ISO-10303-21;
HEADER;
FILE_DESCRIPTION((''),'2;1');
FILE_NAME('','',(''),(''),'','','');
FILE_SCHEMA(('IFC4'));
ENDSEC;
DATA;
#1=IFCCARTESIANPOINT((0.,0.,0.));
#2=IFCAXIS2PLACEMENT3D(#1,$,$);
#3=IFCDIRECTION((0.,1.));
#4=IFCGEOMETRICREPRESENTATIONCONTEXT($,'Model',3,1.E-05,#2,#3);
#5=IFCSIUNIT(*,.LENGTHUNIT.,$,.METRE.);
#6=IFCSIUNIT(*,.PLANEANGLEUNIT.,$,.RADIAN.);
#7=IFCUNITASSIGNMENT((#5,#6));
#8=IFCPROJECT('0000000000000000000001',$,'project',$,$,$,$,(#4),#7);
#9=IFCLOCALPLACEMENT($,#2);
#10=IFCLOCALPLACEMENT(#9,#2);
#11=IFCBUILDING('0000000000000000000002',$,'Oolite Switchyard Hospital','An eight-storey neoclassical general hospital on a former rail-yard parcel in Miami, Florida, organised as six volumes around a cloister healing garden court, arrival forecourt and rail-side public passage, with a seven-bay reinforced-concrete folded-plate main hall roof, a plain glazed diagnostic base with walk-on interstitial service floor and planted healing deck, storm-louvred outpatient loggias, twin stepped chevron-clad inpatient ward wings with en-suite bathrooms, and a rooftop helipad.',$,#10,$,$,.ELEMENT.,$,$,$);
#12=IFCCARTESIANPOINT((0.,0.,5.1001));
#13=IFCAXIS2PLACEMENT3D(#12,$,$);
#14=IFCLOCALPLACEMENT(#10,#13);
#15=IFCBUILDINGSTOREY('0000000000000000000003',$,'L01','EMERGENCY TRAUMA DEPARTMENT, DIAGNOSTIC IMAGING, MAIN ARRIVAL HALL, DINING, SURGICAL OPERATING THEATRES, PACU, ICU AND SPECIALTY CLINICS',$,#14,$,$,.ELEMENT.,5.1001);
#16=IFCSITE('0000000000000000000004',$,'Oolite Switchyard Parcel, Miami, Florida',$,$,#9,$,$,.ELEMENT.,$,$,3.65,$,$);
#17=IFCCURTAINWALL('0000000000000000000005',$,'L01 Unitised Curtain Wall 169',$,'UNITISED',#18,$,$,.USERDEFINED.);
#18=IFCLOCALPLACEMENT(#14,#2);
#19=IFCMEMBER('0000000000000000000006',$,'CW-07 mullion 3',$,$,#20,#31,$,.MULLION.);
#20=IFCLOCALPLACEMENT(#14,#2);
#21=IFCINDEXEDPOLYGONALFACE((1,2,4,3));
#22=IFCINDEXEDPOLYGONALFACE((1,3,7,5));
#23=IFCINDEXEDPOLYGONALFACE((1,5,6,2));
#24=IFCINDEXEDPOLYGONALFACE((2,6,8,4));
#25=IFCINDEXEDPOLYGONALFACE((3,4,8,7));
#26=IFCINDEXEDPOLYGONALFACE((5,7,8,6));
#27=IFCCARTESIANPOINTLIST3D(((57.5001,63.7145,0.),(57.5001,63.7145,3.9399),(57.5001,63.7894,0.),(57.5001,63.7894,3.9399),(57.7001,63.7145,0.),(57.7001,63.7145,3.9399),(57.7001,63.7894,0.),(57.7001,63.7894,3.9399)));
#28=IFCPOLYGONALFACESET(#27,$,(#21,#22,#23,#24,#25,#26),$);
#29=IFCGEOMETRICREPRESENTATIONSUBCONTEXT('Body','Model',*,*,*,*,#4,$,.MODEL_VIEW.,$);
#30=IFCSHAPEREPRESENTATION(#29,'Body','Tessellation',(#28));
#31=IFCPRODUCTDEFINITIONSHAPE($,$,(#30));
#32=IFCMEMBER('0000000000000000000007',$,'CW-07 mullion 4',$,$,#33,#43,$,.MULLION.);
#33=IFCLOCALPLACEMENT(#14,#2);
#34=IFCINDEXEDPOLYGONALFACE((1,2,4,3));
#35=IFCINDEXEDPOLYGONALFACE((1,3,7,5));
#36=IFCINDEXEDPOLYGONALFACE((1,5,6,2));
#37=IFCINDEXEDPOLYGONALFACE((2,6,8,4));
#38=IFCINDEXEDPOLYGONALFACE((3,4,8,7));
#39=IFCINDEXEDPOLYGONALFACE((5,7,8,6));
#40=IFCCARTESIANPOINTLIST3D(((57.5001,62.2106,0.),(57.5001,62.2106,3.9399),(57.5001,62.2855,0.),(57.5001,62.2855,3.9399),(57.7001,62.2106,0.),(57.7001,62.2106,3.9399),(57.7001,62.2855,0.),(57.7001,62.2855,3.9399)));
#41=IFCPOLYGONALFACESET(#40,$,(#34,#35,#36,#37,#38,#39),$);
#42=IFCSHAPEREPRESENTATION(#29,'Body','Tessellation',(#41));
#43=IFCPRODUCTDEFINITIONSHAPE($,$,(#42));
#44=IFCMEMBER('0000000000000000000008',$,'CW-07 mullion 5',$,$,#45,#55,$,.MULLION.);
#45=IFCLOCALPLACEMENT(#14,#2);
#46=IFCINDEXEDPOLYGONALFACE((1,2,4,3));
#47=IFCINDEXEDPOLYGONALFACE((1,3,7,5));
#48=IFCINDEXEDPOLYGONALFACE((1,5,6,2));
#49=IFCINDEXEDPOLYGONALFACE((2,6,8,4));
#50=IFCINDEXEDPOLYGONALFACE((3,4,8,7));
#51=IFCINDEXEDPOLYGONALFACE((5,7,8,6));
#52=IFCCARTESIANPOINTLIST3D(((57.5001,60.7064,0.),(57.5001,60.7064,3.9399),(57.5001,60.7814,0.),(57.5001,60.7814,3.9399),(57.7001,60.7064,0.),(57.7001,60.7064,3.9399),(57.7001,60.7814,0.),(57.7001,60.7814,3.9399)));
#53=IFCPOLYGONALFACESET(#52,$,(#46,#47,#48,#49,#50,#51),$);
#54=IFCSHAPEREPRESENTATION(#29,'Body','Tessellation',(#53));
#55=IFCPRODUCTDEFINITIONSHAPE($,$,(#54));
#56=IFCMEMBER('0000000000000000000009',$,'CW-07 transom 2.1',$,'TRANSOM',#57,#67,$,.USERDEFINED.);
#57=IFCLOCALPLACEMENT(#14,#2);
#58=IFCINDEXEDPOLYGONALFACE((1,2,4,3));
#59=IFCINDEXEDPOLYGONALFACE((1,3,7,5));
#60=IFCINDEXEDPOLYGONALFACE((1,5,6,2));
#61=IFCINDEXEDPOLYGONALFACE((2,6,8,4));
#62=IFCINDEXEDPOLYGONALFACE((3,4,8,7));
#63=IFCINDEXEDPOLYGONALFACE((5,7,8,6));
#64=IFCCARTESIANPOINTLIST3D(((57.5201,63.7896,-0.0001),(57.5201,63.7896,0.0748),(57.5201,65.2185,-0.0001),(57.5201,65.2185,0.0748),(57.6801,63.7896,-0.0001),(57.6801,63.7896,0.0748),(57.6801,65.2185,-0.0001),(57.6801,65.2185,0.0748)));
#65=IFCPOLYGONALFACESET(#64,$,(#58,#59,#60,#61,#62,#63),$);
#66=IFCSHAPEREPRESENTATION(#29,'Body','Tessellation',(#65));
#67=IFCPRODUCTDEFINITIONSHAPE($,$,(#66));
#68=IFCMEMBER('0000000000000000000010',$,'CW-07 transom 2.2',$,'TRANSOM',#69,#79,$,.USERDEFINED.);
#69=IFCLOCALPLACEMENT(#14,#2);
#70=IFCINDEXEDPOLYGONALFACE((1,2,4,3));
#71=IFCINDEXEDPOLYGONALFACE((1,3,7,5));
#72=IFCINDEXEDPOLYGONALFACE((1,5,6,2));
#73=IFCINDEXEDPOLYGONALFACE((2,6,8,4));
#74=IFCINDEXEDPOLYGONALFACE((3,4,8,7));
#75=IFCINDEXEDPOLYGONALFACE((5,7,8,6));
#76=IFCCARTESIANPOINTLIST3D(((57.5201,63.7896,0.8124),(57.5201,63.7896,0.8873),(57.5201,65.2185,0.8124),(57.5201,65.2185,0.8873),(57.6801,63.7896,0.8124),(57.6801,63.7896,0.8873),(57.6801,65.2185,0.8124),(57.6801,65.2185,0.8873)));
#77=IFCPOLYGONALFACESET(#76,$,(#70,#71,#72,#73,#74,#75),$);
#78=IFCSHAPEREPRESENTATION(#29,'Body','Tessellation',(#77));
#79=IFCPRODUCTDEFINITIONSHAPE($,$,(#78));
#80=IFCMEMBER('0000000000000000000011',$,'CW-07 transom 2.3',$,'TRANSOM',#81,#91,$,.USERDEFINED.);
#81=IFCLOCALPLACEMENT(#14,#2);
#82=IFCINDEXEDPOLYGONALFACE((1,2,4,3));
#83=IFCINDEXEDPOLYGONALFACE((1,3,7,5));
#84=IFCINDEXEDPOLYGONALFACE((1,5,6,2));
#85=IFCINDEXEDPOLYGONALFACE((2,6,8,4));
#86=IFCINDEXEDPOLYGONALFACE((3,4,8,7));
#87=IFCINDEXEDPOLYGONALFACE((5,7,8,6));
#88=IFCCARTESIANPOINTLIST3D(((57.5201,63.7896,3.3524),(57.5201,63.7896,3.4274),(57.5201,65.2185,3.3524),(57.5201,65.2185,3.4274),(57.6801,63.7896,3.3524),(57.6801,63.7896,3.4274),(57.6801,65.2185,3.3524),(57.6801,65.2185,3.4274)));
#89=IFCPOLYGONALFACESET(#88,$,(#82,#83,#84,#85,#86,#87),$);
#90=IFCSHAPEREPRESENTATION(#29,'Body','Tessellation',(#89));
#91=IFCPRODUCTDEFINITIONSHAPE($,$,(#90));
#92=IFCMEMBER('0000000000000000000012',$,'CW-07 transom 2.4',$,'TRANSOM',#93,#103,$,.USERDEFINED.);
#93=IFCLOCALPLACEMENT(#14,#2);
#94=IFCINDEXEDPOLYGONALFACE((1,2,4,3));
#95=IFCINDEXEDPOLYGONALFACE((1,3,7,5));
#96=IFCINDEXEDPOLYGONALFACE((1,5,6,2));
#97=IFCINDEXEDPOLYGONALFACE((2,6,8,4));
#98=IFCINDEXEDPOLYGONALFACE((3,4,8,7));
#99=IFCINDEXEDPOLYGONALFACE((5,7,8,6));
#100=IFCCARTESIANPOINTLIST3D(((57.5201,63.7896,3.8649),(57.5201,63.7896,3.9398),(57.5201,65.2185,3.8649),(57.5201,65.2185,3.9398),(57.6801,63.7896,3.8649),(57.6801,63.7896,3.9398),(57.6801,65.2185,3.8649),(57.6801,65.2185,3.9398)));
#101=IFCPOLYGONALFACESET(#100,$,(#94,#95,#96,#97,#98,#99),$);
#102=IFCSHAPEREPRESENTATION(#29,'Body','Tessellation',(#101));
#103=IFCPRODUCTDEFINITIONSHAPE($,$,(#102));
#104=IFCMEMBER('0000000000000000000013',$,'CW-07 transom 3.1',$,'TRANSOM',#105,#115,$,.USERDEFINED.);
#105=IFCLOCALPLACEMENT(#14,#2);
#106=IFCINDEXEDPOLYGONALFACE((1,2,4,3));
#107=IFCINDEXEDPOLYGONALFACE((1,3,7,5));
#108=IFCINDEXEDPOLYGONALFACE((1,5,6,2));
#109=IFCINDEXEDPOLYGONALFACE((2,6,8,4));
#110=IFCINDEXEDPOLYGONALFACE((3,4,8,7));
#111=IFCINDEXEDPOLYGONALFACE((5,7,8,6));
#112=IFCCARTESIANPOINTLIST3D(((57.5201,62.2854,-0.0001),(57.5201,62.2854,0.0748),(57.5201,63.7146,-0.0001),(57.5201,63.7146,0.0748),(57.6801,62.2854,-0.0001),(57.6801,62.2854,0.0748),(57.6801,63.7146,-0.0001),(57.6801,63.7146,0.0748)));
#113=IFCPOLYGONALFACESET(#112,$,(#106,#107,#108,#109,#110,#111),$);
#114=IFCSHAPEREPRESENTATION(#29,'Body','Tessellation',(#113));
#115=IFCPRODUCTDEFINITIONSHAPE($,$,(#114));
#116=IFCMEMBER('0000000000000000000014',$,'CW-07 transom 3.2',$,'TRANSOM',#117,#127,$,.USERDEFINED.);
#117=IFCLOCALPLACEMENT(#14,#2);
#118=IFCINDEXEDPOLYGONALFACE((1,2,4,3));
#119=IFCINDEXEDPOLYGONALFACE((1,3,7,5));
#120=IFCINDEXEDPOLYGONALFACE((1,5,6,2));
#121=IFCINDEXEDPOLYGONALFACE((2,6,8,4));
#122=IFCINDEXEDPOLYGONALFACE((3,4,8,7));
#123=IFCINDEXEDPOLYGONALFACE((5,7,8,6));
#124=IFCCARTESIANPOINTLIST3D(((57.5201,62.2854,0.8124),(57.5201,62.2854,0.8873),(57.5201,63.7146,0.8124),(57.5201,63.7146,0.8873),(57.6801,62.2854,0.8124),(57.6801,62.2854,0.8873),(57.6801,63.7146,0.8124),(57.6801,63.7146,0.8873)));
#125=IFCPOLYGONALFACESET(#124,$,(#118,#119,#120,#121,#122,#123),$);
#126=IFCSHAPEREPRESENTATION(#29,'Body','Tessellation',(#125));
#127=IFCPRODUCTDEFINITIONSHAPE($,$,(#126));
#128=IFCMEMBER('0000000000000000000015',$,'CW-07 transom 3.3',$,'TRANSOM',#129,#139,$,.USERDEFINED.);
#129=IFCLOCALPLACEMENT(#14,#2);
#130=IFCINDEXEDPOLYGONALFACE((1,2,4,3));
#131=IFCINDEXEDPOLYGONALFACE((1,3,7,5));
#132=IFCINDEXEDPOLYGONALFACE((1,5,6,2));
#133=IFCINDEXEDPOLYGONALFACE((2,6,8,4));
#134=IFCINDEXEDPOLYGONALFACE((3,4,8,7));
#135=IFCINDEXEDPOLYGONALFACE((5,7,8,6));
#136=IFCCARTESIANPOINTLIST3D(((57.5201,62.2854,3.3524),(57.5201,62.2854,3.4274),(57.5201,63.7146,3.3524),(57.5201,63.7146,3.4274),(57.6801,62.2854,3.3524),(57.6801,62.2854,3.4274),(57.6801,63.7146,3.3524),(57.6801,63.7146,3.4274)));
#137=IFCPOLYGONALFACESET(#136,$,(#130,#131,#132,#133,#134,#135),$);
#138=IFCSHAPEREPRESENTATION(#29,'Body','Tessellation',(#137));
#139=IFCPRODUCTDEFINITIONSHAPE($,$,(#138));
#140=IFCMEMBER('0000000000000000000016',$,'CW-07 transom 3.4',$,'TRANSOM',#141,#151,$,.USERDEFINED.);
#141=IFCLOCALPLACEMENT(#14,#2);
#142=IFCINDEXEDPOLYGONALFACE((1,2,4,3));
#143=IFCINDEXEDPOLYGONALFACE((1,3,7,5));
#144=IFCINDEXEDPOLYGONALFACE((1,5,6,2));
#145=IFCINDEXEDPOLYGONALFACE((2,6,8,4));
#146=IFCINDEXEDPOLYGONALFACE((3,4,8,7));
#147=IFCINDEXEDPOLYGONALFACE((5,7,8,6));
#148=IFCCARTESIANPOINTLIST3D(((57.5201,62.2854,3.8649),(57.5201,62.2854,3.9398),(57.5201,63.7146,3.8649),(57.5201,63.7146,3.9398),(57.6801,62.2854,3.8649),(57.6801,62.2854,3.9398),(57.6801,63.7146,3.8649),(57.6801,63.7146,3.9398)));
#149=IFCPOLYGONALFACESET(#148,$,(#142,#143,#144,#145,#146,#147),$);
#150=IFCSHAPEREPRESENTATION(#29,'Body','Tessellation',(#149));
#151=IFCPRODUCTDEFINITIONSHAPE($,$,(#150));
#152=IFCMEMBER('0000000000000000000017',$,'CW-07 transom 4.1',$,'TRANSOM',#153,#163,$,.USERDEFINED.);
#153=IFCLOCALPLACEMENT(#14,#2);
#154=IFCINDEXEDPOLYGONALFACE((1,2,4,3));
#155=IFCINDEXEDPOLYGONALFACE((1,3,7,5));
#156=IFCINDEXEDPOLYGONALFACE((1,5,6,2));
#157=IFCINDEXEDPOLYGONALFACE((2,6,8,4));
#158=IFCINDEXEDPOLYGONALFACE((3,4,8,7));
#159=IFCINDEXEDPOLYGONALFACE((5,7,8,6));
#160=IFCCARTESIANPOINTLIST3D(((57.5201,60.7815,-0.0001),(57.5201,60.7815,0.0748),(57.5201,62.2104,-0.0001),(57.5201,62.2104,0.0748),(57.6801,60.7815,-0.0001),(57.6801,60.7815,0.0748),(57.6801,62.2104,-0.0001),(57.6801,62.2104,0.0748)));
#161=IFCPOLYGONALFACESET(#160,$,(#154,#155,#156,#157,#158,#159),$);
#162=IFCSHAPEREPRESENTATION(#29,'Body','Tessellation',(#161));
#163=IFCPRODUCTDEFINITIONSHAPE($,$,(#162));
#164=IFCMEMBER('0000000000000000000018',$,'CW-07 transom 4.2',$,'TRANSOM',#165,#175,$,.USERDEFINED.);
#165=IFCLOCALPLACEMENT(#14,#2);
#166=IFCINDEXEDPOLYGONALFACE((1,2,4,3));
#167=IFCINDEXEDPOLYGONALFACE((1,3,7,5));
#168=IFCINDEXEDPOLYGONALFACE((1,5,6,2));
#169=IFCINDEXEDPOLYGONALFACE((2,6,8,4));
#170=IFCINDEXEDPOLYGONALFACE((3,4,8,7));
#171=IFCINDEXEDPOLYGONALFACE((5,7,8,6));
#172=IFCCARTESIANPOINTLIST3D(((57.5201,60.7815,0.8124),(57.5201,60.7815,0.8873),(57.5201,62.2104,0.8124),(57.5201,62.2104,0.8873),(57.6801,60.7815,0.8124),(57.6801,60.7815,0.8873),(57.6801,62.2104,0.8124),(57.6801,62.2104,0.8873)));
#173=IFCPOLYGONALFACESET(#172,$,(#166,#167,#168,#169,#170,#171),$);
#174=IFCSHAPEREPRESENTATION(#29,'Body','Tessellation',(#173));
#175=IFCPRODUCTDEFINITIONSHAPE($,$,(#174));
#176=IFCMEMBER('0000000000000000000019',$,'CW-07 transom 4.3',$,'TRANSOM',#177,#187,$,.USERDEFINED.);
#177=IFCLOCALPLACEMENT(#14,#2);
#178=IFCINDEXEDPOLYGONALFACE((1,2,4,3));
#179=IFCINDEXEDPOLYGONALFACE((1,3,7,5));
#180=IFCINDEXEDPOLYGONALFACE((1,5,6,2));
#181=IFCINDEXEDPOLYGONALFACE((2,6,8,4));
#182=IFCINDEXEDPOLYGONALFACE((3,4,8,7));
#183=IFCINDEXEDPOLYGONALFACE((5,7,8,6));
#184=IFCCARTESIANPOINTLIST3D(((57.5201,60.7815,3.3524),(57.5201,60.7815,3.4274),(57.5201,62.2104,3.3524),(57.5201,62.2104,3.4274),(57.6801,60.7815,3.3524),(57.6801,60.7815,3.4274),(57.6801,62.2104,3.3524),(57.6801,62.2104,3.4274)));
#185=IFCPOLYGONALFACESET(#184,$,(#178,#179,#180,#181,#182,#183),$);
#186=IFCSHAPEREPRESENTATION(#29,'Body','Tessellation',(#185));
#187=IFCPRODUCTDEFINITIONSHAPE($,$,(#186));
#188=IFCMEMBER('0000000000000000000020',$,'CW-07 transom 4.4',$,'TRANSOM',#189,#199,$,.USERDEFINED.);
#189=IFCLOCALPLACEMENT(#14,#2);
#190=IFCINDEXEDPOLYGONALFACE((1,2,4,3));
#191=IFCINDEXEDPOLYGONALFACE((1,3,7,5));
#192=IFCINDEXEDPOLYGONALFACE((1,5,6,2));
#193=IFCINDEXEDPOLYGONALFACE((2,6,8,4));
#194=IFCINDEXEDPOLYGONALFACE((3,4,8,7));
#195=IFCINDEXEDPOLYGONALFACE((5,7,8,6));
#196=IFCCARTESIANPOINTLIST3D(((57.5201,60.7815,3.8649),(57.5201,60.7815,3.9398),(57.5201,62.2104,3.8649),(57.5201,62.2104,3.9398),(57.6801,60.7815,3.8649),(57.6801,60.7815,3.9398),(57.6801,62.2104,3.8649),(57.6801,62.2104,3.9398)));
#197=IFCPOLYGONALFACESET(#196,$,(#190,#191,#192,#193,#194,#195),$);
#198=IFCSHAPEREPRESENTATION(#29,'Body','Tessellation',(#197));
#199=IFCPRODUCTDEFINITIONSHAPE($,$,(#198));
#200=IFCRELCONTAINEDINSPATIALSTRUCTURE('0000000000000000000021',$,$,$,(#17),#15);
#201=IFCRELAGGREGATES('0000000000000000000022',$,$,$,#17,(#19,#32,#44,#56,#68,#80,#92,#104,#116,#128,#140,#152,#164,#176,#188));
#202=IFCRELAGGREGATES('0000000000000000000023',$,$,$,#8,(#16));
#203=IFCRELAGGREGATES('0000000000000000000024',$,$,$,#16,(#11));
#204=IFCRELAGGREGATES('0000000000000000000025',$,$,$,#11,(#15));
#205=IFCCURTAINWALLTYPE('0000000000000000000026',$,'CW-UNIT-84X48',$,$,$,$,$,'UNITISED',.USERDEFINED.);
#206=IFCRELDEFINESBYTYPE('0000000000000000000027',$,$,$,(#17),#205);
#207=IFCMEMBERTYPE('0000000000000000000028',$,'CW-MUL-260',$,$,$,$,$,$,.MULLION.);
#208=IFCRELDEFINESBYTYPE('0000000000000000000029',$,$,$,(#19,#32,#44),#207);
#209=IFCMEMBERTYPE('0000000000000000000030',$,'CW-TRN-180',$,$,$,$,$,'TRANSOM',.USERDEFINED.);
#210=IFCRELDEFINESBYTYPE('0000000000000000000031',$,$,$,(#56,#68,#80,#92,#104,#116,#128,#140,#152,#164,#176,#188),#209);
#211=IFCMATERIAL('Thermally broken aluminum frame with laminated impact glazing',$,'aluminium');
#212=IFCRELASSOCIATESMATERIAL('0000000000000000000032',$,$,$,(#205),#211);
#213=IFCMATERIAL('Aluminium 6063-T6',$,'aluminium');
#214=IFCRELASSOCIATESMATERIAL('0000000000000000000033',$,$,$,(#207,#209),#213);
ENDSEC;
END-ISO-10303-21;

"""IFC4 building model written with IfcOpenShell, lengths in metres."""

from ifc_helpers import new_model, si_unit, direction, frame, origin, origin_2d, place, context, subcontext, project, spatial, rectangle, extrude, material, material_profile, profile_set, type_object, element, aggregate, save


model = new_model("IFC4")

# Units and contexts
model_context = context("Model", 3, precision=1e-05, world=origin(), true_north=direction((0.0, 1.0)))
body_context = subcontext(model_context, "Body", "Model", "MODEL_VIEW")
ifc_project = project(units=[si_unit("LENGTHUNIT", "METRE"), si_unit("PLANEANGLEUNIT", "RADIAN")], contexts=[model_context])

# Site, building, storey
site_placement = place(None, origin())
site = spatial("IfcSite", under=ifc_project, at=site_placement, Name="Oolite Switchyard Parcel, Miami, Florida", CompositionType="ELEMENT", RefElevation=3.65)
building_placement = place(site_placement, origin())
building = spatial("IfcBuilding", under=site, at=building_placement, Name="Oolite Switchyard Hospital", Description="An eight-storey neoclassical general hospital on a former rail-yard parcel in Miami, Florida, organised as six volumes around a cloister healing garden court, arrival forecourt and rail-side public passage, with a seven-bay reinforced-concrete folded-plate main hall roof, a plain glazed diagnostic base with walk-on interstitial service floor and planted healing deck, storm-louvred outpatient loggias, twin stepped chevron-clad inpatient ward wings with en-suite bathrooms, and a rooftop helipad.", CompositionType="ELEMENT")
storey_placement = place(building_placement, frame((0.0, 0.0, 5.1001)))
storey = spatial("IfcBuildingStorey", under=building, at=storey_placement, Name="L01", Description="EMERGENCY TRAUMA DEPARTMENT, DIAGNOSTIC IMAGING, MAIN ARRIVAL HALL, DINING, SURGICAL OPERATING THEATRES, PACU, ICU AND SPECIALTY CLINICS", CompositionType="ELEMENT", Elevation=5.1001)

# Curtain wall, members
ifc_material_1 = material(Name="Thermally broken aluminum frame with laminated impact glazing", Category="aluminium")
curtain_wall_type = type_object("IfcCurtainWallType", Name="CW-UNIT-84X48", ElementType="UNITISED", PredefinedType="USERDEFINED", material=ifc_material_1)
curtain_wall_placement = place(storey_placement, origin())
curtain_wall = element("IfcCurtainWall", 1, at=curtain_wall_placement, inside=storey, type_object=curtain_wall_type, Name="L01 Unitised Curtain Wall 169", ObjectType="UNITISED", PredefinedType="USERDEFINED")
ifc_material_2 = material(Name="Aluminium 6063-T6", Category="aluminium")
ifc_material_profile_1 = material_profile(ifc_material_2, rectangle(XDim=0.2, YDim=0.075, at=origin_2d()), Name="CWM75X200")
ifc_profile_set_1 = profile_set([ifc_material_profile_1], Name="Aluminium 6063-T6")
member_type_1 = type_object("IfcMemberType", Name="CW-MUL-260", PredefinedType="MULLION", material=ifc_profile_set_1)
member_1_placement = place(storey_placement, frame((57.6001, 63.752, 0.0), z_axis=(0.0, 0.0, 1.0), x_axis=(1.0, 0.0, 0.0)))
member_1 = element("IfcMember", 2, at=member_1_placement, type_object=member_type_1, Name="CW-07 mullion 3", PredefinedType="MULLION", context=body_context, shape_type="SweptSolid", body=[
    extrude(rectangle(XDim=0.2, YDim=0.075, at=origin_2d()), origin(), (0.0, 0.0, 1.0), 3.9399),
])
member_2_placement = place(storey_placement, frame((57.6001, 62.248, 0.0), z_axis=(0.0, 0.0, 1.0), x_axis=(1.0, 0.0, 0.0)))
member_2 = element("IfcMember", 3, at=member_2_placement, type_object=member_type_1, Name="CW-07 mullion 4", PredefinedType="MULLION", context=body_context, shape_type="SweptSolid", body=[
    extrude(rectangle(XDim=0.2, YDim=0.075, at=origin_2d()), origin(), (0.0, 0.0, 1.0), 3.9399),
])
member_3_placement = place(storey_placement, frame((57.6001, 60.7439, 0.0), z_axis=(0.0, 0.0, 1.0), x_axis=(1.0, 0.0, 0.0)))
member_3 = element("IfcMember", 4, at=member_3_placement, type_object=member_type_1, Name="CW-07 mullion 5", PredefinedType="MULLION", context=body_context, shape_type="SweptSolid", body=[
    extrude(rectangle(XDim=0.2, YDim=0.075, at=origin_2d()), origin(), (0.0, 0.0, 1.0), 3.9399),
])
ifc_material_profile_2 = material_profile(ifc_material_2, rectangle(XDim=0.1599, YDim=0.075, at=origin_2d()), Name="CWT75X160")
ifc_profile_set_2 = profile_set([ifc_material_profile_2], Name="Aluminium 6063-T6")
member_type_2 = type_object("IfcMemberType", Name="CW-TRN-180", ElementType="TRANSOM", PredefinedType="USERDEFINED", material=ifc_profile_set_2)
member_4_placement = place(storey_placement, frame((57.6001, 65.2185, 0.0374), z_axis=(0.0, -1.0, 0.0), x_axis=(1.0, 0.0, 0.0)))
member_4 = element("IfcMember", 5, at=member_4_placement, type_object=member_type_2, Name="CW-07 transom 2.1", ObjectType="TRANSOM", PredefinedType="USERDEFINED", context=body_context, shape_type="SweptSolid", body=[
    extrude(rectangle(XDim=0.1599, YDim=0.075, at=origin_2d()), origin(), (0.0, 0.0, 1.0), 1.429),
])
member_5_placement = place(storey_placement, frame((57.6001, 65.2185, 0.8499), z_axis=(0.0, -1.0, 0.0), x_axis=(1.0, 0.0, 0.0)))
member_5 = element("IfcMember", 6, at=member_5_placement, type_object=member_type_2, Name="CW-07 transom 2.2", ObjectType="TRANSOM", PredefinedType="USERDEFINED", context=body_context, shape_type="SweptSolid", body=[
    extrude(rectangle(XDim=0.1599, YDim=0.075, at=origin_2d()), origin(), (0.0, 0.0, 1.0), 1.429),
])
member_6_placement = place(storey_placement, frame((57.6001, 65.2185, 3.3899), z_axis=(0.0, -1.0, 0.0), x_axis=(1.0, 0.0, 0.0)))
member_6 = element("IfcMember", 7, at=member_6_placement, type_object=member_type_2, Name="CW-07 transom 2.3", ObjectType="TRANSOM", PredefinedType="USERDEFINED", context=body_context, shape_type="SweptSolid", body=[
    extrude(rectangle(XDim=0.1599, YDim=0.075, at=origin_2d()), origin(), (0.0, 0.0, 1.0), 1.429),
])
member_7_placement = place(storey_placement, frame((57.6001, 65.2185, 3.9023), z_axis=(0.0, -1.0, 0.0), x_axis=(1.0, 0.0, 0.0)))
member_7 = element("IfcMember", 8, at=member_7_placement, type_object=member_type_2, Name="CW-07 transom 2.4", ObjectType="TRANSOM", PredefinedType="USERDEFINED", context=body_context, shape_type="SweptSolid", body=[
    extrude(rectangle(XDim=0.1599, YDim=0.075, at=origin_2d()), origin(), (0.0, 0.0, 1.0), 1.429),
])
member_8_placement = place(storey_placement, frame((57.6001, 63.7146, 0.0374), z_axis=(0.0, -1.0, 0.0), x_axis=(1.0, 0.0, 0.0)))
member_8 = element("IfcMember", 9, at=member_8_placement, type_object=member_type_2, Name="CW-07 transom 3.1", ObjectType="TRANSOM", PredefinedType="USERDEFINED", context=body_context, shape_type="SweptSolid", body=[
    extrude(rectangle(XDim=0.1599, YDim=0.075, at=origin_2d()), origin(), (0.0, 0.0, 1.0), 1.4292),
])
member_9_placement = place(storey_placement, frame((57.6001, 63.7146, 0.8499), z_axis=(0.0, -1.0, 0.0), x_axis=(1.0, 0.0, 0.0)))
member_9 = element("IfcMember", 10, at=member_9_placement, type_object=member_type_2, Name="CW-07 transom 3.2", ObjectType="TRANSOM", PredefinedType="USERDEFINED", context=body_context, shape_type="SweptSolid", body=[
    extrude(rectangle(XDim=0.1599, YDim=0.075, at=origin_2d()), origin(), (0.0, 0.0, 1.0), 1.4292),
])
member_10_placement = place(storey_placement, frame((57.6001, 63.7146, 3.3899), z_axis=(0.0, -1.0, 0.0), x_axis=(1.0, 0.0, 0.0)))
member_10 = element("IfcMember", 11, at=member_10_placement, type_object=member_type_2, Name="CW-07 transom 3.3", ObjectType="TRANSOM", PredefinedType="USERDEFINED", context=body_context, shape_type="SweptSolid", body=[
    extrude(rectangle(XDim=0.1599, YDim=0.075, at=origin_2d()), origin(), (0.0, 0.0, 1.0), 1.4292),
])
member_11_placement = place(storey_placement, frame((57.6001, 63.7146, 3.9023), z_axis=(0.0, -1.0, 0.0), x_axis=(1.0, 0.0, 0.0)))
member_11 = element("IfcMember", 12, at=member_11_placement, type_object=member_type_2, Name="CW-07 transom 3.4", ObjectType="TRANSOM", PredefinedType="USERDEFINED", context=body_context, shape_type="SweptSolid", body=[
    extrude(rectangle(XDim=0.1599, YDim=0.075, at=origin_2d()), origin(), (0.0, 0.0, 1.0), 1.4292),
])
member_12_placement = place(storey_placement, frame((57.6001, 62.2104, 0.0374), z_axis=(0.0, -1.0, 0.0), x_axis=(1.0, 0.0, 0.0)))
member_12 = element("IfcMember", 13, at=member_12_placement, type_object=member_type_2, Name="CW-07 transom 4.1", ObjectType="TRANSOM", PredefinedType="USERDEFINED", context=body_context, shape_type="SweptSolid", body=[
    extrude(rectangle(XDim=0.1599, YDim=0.075, at=origin_2d()), origin(), (0.0, 0.0, 1.0), 1.429),
])
member_13_placement = place(storey_placement, frame((57.6001, 62.2104, 0.8499), z_axis=(0.0, -1.0, 0.0), x_axis=(1.0, 0.0, 0.0)))
member_13 = element("IfcMember", 14, at=member_13_placement, type_object=member_type_2, Name="CW-07 transom 4.2", ObjectType="TRANSOM", PredefinedType="USERDEFINED", context=body_context, shape_type="SweptSolid", body=[
    extrude(rectangle(XDim=0.1599, YDim=0.075, at=origin_2d()), origin(), (0.0, 0.0, 1.0), 1.429),
])
member_14_placement = place(storey_placement, frame((57.6001, 62.2104, 3.3899), z_axis=(0.0, -1.0, 0.0), x_axis=(1.0, 0.0, 0.0)))
member_14 = element("IfcMember", 15, at=member_14_placement, type_object=member_type_2, Name="CW-07 transom 4.3", ObjectType="TRANSOM", PredefinedType="USERDEFINED", context=body_context, shape_type="SweptSolid", body=[
    extrude(rectangle(XDim=0.1599, YDim=0.075, at=origin_2d()), origin(), (0.0, 0.0, 1.0), 1.429),
])
member_15_placement = place(storey_placement, frame((57.6001, 62.2104, 3.9023), z_axis=(0.0, -1.0, 0.0), x_axis=(1.0, 0.0, 0.0)))
member_15 = element("IfcMember", 16, at=member_15_placement, type_object=member_type_2, Name="CW-07 transom 4.4", ObjectType="TRANSOM", PredefinedType="USERDEFINED", context=body_context, shape_type="SweptSolid", body=[
    extrude(rectangle(XDim=0.1599, YDim=0.075, at=origin_2d()), origin(), (0.0, 0.0, 1.0), 1.429),
])
aggregate(curtain_wall, [member_1, member_2, member_3, member_4, member_5, member_6, member_7, member_8, member_9, member_10, member_11, member_12, member_13, member_14, member_15])

save(model, "model.ifc")
